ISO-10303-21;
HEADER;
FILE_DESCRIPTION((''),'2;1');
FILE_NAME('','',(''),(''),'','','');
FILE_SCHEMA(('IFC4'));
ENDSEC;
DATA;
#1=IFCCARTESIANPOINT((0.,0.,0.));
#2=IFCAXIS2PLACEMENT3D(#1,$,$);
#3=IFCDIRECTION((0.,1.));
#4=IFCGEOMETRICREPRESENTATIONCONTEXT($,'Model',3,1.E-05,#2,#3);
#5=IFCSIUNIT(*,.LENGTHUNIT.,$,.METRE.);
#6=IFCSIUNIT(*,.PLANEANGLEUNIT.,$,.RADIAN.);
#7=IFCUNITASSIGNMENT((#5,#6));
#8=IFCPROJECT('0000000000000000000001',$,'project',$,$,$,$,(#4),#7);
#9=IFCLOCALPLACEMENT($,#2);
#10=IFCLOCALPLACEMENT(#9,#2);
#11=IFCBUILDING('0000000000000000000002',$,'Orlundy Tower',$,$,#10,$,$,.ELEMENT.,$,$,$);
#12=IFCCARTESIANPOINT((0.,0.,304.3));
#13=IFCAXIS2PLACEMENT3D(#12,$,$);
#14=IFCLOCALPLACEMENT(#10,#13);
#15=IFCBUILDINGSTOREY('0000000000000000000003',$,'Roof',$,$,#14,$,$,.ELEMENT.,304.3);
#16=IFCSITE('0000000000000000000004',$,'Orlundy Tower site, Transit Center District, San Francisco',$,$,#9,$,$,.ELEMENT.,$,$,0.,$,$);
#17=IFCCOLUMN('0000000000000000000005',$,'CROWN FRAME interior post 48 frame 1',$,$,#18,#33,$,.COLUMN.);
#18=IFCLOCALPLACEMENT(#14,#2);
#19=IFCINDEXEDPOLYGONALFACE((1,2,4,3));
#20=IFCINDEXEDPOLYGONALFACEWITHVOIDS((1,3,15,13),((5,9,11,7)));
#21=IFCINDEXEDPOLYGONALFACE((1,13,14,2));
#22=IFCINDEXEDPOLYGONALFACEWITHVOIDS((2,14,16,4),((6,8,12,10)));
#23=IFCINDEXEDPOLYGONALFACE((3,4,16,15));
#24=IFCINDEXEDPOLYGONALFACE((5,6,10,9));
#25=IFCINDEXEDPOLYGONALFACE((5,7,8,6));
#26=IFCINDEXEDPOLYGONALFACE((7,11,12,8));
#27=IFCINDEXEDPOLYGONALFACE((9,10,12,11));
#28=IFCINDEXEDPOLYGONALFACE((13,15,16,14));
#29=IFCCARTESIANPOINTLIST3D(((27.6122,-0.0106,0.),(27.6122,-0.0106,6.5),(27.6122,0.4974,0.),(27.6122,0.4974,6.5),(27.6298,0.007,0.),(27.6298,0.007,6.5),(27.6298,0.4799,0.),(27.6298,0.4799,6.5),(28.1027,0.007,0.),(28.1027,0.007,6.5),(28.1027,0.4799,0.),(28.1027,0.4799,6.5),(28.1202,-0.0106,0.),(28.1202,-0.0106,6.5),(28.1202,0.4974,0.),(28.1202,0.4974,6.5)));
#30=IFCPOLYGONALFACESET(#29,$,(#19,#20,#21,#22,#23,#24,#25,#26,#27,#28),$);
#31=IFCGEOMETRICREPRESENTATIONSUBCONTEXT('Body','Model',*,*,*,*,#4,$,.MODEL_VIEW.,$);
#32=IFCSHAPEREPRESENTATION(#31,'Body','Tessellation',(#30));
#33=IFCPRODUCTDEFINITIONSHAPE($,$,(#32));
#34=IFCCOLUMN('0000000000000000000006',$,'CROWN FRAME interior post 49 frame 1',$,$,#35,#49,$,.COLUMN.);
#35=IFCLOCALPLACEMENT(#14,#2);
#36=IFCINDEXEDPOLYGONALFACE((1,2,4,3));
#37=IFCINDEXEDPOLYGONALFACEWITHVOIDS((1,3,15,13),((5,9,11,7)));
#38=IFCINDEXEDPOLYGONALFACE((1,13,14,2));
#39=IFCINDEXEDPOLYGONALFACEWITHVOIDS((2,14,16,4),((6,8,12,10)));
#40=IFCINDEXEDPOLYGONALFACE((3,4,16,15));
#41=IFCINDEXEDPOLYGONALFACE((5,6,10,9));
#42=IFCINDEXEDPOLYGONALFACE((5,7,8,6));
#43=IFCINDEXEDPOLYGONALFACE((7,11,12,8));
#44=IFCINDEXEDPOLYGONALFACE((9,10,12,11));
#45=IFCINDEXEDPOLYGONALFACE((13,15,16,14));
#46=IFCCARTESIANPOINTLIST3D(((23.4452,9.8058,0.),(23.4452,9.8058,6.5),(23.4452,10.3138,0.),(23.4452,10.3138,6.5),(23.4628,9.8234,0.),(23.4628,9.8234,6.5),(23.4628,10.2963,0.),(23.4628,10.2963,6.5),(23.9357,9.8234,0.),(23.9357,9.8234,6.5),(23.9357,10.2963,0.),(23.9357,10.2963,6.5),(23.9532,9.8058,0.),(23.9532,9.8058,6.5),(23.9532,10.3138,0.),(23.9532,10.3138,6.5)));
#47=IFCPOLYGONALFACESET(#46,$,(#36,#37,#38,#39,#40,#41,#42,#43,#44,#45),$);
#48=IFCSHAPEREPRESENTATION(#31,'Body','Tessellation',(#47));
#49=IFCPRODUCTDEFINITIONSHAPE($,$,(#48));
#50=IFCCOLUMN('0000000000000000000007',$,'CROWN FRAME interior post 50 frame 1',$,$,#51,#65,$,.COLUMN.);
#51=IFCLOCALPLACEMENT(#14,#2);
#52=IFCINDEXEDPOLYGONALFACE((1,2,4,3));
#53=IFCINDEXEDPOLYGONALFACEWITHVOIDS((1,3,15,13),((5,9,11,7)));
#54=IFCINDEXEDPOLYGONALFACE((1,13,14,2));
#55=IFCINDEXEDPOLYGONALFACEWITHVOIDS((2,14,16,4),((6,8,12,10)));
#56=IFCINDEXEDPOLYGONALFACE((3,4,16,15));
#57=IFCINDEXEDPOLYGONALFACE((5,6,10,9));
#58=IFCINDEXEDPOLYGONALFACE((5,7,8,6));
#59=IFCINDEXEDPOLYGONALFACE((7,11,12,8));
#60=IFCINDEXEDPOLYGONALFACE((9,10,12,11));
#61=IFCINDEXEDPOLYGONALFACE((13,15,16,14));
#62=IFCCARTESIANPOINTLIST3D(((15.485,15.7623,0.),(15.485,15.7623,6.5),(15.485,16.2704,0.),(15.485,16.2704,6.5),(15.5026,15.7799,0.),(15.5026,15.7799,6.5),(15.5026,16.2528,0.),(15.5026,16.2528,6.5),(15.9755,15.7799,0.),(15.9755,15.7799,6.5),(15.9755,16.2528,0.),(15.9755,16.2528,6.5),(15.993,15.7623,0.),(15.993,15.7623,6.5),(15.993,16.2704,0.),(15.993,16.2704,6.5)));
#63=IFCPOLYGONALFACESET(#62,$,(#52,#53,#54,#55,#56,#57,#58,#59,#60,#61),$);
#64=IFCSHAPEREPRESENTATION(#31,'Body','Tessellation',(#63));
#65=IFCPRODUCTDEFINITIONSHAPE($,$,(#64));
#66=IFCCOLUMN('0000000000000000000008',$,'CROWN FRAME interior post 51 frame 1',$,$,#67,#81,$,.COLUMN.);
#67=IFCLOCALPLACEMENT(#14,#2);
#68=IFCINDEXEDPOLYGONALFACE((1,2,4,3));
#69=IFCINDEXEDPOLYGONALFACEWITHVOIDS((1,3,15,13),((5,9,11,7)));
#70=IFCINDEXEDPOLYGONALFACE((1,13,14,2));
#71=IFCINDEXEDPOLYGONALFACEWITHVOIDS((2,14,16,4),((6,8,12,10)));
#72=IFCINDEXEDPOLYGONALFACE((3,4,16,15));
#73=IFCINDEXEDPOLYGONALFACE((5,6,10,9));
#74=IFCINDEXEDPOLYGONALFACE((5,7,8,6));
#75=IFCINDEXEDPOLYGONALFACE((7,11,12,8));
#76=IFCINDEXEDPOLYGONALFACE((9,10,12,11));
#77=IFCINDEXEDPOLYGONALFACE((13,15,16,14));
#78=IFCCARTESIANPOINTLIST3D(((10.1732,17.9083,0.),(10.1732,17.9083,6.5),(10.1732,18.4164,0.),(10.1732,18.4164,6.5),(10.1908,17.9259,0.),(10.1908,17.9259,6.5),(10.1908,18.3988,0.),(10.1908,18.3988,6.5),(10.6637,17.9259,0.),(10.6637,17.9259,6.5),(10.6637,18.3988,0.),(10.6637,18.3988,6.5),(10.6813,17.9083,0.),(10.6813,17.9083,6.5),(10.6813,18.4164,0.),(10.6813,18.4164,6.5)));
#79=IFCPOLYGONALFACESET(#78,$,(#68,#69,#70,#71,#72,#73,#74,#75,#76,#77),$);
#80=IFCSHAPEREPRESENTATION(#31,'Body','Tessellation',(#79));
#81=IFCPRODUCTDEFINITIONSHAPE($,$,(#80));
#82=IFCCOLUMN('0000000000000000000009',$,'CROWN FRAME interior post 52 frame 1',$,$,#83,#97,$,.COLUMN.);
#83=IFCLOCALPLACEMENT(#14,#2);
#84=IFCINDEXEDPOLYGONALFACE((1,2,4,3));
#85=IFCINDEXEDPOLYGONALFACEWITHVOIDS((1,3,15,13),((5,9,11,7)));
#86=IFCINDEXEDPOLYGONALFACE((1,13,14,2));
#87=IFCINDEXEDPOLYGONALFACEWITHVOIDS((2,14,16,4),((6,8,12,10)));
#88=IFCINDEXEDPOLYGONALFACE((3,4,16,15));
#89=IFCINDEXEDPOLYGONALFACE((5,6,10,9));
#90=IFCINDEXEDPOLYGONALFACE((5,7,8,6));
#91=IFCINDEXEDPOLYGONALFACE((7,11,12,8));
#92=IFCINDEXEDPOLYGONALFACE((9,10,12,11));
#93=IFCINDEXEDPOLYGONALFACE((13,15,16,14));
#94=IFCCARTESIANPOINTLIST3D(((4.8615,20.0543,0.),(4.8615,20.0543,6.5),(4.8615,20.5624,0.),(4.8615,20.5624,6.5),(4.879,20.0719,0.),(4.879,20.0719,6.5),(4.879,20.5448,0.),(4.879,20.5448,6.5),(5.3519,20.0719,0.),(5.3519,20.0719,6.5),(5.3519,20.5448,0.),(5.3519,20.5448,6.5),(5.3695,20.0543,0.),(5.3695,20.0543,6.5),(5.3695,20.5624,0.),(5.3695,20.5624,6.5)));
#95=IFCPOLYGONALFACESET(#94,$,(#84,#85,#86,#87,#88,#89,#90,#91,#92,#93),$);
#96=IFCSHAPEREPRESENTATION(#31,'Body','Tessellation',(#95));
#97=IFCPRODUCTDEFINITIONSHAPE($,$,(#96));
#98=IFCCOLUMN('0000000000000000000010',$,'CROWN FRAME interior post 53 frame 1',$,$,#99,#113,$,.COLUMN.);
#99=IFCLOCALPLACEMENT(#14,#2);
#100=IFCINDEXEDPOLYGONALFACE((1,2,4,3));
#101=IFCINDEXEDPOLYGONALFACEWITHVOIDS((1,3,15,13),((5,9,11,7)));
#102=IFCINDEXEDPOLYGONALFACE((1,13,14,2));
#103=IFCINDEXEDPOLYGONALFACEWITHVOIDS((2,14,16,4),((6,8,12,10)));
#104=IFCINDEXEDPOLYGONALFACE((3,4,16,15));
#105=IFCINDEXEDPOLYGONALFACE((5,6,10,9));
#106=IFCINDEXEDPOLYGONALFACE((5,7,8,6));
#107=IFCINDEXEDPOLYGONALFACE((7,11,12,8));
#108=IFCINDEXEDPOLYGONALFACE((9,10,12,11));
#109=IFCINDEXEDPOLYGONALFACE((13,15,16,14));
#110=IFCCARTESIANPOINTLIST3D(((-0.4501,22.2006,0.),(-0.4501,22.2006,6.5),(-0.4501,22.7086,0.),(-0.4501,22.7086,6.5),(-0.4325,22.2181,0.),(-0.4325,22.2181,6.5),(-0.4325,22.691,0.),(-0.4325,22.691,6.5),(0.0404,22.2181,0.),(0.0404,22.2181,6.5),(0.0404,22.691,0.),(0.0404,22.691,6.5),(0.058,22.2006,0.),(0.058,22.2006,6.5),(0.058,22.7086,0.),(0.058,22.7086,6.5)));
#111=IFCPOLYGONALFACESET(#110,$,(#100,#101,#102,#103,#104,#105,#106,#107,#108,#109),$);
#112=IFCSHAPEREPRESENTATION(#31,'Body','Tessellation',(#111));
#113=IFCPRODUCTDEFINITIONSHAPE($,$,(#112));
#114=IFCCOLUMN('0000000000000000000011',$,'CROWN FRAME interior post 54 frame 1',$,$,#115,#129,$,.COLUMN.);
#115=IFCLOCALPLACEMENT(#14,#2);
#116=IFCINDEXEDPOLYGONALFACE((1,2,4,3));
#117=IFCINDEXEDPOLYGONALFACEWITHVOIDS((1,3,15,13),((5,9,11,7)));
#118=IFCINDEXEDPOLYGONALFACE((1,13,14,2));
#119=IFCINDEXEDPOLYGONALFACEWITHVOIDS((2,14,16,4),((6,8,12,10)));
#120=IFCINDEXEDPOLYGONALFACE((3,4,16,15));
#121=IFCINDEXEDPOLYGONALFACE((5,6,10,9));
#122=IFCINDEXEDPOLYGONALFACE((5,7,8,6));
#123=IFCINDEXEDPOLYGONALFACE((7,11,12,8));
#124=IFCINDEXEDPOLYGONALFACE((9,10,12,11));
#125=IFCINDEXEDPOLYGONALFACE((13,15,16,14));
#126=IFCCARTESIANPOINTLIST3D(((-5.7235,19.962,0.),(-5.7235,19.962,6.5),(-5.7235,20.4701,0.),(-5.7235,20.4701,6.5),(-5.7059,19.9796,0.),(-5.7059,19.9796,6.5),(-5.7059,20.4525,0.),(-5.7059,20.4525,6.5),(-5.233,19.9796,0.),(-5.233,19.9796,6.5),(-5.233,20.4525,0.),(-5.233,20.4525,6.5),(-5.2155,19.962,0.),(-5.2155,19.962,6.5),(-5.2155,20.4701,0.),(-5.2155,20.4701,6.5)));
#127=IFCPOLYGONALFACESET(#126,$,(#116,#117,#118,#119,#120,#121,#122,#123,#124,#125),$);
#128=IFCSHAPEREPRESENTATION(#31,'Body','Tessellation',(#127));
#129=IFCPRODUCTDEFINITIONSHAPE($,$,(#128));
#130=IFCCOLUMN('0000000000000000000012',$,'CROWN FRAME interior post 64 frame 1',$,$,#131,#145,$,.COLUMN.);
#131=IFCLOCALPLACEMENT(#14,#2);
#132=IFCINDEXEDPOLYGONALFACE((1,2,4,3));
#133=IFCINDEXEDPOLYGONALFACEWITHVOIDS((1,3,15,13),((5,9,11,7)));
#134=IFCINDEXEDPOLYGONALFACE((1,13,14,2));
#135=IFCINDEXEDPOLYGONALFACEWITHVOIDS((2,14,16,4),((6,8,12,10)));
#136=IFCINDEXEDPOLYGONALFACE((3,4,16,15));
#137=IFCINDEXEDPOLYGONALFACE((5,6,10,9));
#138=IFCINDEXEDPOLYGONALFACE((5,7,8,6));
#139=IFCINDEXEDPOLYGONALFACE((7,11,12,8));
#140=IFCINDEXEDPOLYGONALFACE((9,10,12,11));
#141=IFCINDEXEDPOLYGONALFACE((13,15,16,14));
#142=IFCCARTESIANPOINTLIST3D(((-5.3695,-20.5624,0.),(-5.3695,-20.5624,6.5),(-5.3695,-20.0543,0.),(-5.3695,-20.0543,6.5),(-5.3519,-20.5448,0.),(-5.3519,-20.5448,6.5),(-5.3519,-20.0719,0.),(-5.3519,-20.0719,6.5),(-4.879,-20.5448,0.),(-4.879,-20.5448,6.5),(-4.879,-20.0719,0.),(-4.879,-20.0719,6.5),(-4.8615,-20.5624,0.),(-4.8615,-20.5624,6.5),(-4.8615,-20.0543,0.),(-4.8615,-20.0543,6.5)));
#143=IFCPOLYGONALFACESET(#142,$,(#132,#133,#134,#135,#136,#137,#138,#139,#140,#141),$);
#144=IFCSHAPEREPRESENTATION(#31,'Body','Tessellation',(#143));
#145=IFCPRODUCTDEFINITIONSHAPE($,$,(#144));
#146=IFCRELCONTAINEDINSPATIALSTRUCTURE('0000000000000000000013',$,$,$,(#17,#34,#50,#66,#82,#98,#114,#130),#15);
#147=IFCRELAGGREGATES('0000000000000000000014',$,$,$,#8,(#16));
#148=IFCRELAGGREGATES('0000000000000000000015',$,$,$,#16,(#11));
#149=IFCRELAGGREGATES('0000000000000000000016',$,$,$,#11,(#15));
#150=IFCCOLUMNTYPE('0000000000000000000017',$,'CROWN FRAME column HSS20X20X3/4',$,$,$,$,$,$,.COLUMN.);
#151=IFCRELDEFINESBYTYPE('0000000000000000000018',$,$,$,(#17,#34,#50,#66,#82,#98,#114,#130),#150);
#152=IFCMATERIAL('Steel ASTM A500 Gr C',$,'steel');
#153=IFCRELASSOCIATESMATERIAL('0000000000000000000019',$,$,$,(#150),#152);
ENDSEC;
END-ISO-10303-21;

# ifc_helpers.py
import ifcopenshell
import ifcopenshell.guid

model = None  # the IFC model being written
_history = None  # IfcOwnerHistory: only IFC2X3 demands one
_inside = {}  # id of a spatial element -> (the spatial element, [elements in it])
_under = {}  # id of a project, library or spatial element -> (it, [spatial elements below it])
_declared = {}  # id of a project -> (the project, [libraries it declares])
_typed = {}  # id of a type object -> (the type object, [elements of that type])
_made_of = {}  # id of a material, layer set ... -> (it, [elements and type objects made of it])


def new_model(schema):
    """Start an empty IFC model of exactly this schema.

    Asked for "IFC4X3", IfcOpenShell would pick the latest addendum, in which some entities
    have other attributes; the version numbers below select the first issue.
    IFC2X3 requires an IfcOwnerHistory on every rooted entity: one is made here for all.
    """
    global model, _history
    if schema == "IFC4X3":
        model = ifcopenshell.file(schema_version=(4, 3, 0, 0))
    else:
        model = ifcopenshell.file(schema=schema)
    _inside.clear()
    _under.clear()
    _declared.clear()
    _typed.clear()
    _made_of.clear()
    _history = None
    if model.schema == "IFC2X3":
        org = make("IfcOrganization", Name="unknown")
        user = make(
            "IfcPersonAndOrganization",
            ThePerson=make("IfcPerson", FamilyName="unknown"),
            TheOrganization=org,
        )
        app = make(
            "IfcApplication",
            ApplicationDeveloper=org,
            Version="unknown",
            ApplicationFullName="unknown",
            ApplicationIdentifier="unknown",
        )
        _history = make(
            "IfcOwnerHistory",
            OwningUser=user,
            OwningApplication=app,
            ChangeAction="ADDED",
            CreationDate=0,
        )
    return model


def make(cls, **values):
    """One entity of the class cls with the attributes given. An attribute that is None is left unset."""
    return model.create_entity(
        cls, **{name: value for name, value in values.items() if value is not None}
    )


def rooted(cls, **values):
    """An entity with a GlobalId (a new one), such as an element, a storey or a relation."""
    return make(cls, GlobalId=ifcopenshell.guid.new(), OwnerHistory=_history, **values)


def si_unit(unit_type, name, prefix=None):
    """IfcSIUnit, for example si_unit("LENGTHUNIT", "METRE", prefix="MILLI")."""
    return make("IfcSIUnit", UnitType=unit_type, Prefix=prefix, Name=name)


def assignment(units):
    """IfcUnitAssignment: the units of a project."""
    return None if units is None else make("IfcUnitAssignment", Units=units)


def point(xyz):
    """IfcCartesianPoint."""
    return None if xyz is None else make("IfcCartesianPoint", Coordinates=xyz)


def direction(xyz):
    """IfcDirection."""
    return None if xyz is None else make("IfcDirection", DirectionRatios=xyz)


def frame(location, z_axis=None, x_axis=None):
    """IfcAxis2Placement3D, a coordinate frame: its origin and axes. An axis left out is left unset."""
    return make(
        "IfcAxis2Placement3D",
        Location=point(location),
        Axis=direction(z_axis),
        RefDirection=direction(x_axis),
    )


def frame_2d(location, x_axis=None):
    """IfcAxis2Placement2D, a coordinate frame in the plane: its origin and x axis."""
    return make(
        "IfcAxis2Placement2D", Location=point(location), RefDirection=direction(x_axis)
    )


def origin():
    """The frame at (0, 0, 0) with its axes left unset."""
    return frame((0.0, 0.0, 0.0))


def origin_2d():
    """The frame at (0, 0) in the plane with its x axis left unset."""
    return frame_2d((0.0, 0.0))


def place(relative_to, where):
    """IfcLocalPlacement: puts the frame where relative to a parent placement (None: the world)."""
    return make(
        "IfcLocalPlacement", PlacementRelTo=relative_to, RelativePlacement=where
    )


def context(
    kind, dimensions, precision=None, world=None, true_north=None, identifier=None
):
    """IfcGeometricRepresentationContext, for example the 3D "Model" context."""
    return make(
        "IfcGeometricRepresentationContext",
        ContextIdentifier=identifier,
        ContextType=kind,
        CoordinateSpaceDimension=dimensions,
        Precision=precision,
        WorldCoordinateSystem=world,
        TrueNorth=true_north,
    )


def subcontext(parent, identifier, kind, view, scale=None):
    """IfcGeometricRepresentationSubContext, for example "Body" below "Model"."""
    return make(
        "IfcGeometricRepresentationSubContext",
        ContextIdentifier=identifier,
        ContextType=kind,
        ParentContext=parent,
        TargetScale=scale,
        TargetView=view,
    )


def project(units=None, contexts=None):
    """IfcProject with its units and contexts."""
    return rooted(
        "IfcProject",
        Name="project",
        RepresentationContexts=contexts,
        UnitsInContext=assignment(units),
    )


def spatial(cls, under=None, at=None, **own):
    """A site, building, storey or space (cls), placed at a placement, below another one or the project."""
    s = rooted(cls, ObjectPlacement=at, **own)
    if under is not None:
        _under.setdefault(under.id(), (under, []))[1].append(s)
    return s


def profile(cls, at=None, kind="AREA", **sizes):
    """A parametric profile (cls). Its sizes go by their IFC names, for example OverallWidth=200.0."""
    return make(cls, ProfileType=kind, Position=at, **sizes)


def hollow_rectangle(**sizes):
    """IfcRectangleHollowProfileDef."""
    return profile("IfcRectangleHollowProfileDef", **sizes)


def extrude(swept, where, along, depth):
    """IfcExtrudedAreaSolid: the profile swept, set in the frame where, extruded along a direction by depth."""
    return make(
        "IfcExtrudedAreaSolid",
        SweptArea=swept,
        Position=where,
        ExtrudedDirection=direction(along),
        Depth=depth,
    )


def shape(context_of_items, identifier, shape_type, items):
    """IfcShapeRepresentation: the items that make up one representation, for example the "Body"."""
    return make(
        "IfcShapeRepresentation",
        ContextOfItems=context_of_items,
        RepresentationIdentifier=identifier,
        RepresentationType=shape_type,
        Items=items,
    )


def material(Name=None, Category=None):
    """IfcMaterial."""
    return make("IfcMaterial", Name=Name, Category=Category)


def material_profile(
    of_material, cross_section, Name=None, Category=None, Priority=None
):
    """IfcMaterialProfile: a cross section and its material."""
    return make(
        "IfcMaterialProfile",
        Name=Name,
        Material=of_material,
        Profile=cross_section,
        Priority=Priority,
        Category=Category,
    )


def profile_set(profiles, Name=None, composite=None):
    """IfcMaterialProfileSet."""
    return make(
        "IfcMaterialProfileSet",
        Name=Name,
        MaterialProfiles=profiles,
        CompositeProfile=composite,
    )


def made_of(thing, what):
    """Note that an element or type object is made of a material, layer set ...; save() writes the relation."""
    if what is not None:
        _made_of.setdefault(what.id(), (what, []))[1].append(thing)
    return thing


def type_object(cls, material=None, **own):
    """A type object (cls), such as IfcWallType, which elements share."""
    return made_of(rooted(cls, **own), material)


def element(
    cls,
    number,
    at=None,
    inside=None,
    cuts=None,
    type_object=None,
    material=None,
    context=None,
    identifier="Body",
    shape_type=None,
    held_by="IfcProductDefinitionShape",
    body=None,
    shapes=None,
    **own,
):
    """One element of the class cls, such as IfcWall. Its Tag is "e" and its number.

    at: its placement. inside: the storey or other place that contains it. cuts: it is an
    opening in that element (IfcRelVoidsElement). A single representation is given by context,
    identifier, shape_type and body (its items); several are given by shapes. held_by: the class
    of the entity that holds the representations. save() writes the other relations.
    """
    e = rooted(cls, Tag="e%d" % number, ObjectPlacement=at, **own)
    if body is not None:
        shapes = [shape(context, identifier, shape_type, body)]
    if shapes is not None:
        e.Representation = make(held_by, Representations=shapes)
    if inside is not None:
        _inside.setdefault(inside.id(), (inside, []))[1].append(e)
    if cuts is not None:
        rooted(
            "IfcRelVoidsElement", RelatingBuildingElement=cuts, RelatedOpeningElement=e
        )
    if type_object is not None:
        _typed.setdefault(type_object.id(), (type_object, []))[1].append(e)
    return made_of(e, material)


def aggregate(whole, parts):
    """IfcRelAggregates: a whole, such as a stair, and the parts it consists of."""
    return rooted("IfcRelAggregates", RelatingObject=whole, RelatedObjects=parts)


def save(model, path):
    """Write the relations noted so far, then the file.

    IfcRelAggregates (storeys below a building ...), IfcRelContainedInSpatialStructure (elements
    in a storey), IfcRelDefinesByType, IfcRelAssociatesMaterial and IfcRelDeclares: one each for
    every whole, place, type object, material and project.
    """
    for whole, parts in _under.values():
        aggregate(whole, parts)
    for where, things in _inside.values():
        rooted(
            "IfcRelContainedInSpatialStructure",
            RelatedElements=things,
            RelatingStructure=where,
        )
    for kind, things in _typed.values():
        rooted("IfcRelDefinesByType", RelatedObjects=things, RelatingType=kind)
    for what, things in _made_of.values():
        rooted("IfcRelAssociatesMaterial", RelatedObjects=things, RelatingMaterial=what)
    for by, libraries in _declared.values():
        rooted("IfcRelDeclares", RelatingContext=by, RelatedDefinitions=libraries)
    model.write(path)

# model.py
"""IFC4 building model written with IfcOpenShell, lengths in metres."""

from ifc_helpers import new_model, si_unit, direction, frame, origin, origin_2d, place, context, subcontext, project, spatial, hollow_rectangle, extrude, material, material_profile, profile_set, type_object, element, save


model = new_model("IFC4")

# Units and contexts
model_context = context("Model", 3, precision=1e-05, world=origin(), true_north=direction((0.0, 1.0)))
body_context = subcontext(model_context, "Body", "Model", "MODEL_VIEW")
ifc_project = project(units=[si_unit("LENGTHUNIT", "METRE"), si_unit("PLANEANGLEUNIT", "RADIAN")], contexts=[model_context])

# Site, building, storey
site_placement = place(None, origin())
site = spatial("IfcSite", under=ifc_project, at=site_placement, Name="Orlundy Tower site, Transit Center District, San Francisco", CompositionType="ELEMENT", RefElevation=0.0)
building_placement = place(site_placement, origin())
building = spatial("IfcBuilding", under=site, at=building_placement, Name="Orlundy Tower", CompositionType="ELEMENT")
storey_placement = place(building_placement, frame((0.0, 0.0, 304.3)))
storey = spatial("IfcBuildingStorey", under=building, at=storey_placement, Name="Roof", CompositionType="ELEMENT", Elevation=304.3)

# Columns
ifc_material = material(Name="Steel ASTM A500 Gr C", Category="steel")
ifc_material_profile = material_profile(ifc_material, hollow_rectangle(XDim=0.5081, YDim=0.5081, WallThickness=0.0176, at=origin_2d()), Name="HSS20X20X3/4")
ifc_profile_set = profile_set([ifc_material_profile], Name="Steel ASTM A500 Gr C")
column_type = type_object("IfcColumnType", Name="CROWN FRAME column HSS20X20X3/4", PredefinedType="COLUMN", material=ifc_profile_set)
for number, where, z_axis, x_axis, name in (
    (1, (27.8662, 0.2434, 0.0), (0.0, 0.0, 1.0), (1.0, 0.0, 0.0), "CROWN FRAME interior post 48 frame 1"),
    (2, (23.6992, 10.0598, 0.0), (0.0, 0.0, 1.0), (1.0, 0.0, 0.0), "CROWN FRAME interior post 49 frame 1"),
    (3, (15.739, 16.0164, 0.0), (0.0, 0.0, 1.0), (1.0, 0.0, 0.0), "CROWN FRAME interior post 50 frame 1"),
    (4, (10.4272, 18.1624, 0.0), (0.0, 0.0, 1.0), (1.0, 0.0, 0.0), "CROWN FRAME interior post 51 frame 1"),
    (5, (5.1155, 20.3083, 0.0), (0.0, 0.0, 1.0), (1.0, 0.0, 0.0), "CROWN FRAME interior post 52 frame 1"),
    (6, (-0.196, 22.4546, 0.0), (0.0, 0.0, 1.0), (1.0, 0.0, 0.0), "CROWN FRAME interior post 53 frame 1"),
    (7, (-5.4695, 20.2161, 0.0), (0.0, 0.0, 1.0), (1.0, 0.0, 0.0), "CROWN FRAME interior post 54 frame 1"),
    (8, (-5.1155, -20.3083, 0.0), (0.0, 0.0, 1.0), (1.0, 0.0, 0.0), "CROWN FRAME interior post 64 frame 1"),
):
    element("IfcColumn", number, at=place(storey_placement, frame(where, z_axis=z_axis, x_axis=x_axis)), inside=storey, type_object=column_type, Name=name, PredefinedType="COLUMN", context=body_context, shape_type="SweptSolid", body=[
        extrude(hollow_rectangle(XDim=0.5081, YDim=0.5081, WallThickness=0.0176, at=origin_2d()), origin(), (0.0, 0.0, 1.0), 6.5),
    ])

save(model, "model.ifc")
